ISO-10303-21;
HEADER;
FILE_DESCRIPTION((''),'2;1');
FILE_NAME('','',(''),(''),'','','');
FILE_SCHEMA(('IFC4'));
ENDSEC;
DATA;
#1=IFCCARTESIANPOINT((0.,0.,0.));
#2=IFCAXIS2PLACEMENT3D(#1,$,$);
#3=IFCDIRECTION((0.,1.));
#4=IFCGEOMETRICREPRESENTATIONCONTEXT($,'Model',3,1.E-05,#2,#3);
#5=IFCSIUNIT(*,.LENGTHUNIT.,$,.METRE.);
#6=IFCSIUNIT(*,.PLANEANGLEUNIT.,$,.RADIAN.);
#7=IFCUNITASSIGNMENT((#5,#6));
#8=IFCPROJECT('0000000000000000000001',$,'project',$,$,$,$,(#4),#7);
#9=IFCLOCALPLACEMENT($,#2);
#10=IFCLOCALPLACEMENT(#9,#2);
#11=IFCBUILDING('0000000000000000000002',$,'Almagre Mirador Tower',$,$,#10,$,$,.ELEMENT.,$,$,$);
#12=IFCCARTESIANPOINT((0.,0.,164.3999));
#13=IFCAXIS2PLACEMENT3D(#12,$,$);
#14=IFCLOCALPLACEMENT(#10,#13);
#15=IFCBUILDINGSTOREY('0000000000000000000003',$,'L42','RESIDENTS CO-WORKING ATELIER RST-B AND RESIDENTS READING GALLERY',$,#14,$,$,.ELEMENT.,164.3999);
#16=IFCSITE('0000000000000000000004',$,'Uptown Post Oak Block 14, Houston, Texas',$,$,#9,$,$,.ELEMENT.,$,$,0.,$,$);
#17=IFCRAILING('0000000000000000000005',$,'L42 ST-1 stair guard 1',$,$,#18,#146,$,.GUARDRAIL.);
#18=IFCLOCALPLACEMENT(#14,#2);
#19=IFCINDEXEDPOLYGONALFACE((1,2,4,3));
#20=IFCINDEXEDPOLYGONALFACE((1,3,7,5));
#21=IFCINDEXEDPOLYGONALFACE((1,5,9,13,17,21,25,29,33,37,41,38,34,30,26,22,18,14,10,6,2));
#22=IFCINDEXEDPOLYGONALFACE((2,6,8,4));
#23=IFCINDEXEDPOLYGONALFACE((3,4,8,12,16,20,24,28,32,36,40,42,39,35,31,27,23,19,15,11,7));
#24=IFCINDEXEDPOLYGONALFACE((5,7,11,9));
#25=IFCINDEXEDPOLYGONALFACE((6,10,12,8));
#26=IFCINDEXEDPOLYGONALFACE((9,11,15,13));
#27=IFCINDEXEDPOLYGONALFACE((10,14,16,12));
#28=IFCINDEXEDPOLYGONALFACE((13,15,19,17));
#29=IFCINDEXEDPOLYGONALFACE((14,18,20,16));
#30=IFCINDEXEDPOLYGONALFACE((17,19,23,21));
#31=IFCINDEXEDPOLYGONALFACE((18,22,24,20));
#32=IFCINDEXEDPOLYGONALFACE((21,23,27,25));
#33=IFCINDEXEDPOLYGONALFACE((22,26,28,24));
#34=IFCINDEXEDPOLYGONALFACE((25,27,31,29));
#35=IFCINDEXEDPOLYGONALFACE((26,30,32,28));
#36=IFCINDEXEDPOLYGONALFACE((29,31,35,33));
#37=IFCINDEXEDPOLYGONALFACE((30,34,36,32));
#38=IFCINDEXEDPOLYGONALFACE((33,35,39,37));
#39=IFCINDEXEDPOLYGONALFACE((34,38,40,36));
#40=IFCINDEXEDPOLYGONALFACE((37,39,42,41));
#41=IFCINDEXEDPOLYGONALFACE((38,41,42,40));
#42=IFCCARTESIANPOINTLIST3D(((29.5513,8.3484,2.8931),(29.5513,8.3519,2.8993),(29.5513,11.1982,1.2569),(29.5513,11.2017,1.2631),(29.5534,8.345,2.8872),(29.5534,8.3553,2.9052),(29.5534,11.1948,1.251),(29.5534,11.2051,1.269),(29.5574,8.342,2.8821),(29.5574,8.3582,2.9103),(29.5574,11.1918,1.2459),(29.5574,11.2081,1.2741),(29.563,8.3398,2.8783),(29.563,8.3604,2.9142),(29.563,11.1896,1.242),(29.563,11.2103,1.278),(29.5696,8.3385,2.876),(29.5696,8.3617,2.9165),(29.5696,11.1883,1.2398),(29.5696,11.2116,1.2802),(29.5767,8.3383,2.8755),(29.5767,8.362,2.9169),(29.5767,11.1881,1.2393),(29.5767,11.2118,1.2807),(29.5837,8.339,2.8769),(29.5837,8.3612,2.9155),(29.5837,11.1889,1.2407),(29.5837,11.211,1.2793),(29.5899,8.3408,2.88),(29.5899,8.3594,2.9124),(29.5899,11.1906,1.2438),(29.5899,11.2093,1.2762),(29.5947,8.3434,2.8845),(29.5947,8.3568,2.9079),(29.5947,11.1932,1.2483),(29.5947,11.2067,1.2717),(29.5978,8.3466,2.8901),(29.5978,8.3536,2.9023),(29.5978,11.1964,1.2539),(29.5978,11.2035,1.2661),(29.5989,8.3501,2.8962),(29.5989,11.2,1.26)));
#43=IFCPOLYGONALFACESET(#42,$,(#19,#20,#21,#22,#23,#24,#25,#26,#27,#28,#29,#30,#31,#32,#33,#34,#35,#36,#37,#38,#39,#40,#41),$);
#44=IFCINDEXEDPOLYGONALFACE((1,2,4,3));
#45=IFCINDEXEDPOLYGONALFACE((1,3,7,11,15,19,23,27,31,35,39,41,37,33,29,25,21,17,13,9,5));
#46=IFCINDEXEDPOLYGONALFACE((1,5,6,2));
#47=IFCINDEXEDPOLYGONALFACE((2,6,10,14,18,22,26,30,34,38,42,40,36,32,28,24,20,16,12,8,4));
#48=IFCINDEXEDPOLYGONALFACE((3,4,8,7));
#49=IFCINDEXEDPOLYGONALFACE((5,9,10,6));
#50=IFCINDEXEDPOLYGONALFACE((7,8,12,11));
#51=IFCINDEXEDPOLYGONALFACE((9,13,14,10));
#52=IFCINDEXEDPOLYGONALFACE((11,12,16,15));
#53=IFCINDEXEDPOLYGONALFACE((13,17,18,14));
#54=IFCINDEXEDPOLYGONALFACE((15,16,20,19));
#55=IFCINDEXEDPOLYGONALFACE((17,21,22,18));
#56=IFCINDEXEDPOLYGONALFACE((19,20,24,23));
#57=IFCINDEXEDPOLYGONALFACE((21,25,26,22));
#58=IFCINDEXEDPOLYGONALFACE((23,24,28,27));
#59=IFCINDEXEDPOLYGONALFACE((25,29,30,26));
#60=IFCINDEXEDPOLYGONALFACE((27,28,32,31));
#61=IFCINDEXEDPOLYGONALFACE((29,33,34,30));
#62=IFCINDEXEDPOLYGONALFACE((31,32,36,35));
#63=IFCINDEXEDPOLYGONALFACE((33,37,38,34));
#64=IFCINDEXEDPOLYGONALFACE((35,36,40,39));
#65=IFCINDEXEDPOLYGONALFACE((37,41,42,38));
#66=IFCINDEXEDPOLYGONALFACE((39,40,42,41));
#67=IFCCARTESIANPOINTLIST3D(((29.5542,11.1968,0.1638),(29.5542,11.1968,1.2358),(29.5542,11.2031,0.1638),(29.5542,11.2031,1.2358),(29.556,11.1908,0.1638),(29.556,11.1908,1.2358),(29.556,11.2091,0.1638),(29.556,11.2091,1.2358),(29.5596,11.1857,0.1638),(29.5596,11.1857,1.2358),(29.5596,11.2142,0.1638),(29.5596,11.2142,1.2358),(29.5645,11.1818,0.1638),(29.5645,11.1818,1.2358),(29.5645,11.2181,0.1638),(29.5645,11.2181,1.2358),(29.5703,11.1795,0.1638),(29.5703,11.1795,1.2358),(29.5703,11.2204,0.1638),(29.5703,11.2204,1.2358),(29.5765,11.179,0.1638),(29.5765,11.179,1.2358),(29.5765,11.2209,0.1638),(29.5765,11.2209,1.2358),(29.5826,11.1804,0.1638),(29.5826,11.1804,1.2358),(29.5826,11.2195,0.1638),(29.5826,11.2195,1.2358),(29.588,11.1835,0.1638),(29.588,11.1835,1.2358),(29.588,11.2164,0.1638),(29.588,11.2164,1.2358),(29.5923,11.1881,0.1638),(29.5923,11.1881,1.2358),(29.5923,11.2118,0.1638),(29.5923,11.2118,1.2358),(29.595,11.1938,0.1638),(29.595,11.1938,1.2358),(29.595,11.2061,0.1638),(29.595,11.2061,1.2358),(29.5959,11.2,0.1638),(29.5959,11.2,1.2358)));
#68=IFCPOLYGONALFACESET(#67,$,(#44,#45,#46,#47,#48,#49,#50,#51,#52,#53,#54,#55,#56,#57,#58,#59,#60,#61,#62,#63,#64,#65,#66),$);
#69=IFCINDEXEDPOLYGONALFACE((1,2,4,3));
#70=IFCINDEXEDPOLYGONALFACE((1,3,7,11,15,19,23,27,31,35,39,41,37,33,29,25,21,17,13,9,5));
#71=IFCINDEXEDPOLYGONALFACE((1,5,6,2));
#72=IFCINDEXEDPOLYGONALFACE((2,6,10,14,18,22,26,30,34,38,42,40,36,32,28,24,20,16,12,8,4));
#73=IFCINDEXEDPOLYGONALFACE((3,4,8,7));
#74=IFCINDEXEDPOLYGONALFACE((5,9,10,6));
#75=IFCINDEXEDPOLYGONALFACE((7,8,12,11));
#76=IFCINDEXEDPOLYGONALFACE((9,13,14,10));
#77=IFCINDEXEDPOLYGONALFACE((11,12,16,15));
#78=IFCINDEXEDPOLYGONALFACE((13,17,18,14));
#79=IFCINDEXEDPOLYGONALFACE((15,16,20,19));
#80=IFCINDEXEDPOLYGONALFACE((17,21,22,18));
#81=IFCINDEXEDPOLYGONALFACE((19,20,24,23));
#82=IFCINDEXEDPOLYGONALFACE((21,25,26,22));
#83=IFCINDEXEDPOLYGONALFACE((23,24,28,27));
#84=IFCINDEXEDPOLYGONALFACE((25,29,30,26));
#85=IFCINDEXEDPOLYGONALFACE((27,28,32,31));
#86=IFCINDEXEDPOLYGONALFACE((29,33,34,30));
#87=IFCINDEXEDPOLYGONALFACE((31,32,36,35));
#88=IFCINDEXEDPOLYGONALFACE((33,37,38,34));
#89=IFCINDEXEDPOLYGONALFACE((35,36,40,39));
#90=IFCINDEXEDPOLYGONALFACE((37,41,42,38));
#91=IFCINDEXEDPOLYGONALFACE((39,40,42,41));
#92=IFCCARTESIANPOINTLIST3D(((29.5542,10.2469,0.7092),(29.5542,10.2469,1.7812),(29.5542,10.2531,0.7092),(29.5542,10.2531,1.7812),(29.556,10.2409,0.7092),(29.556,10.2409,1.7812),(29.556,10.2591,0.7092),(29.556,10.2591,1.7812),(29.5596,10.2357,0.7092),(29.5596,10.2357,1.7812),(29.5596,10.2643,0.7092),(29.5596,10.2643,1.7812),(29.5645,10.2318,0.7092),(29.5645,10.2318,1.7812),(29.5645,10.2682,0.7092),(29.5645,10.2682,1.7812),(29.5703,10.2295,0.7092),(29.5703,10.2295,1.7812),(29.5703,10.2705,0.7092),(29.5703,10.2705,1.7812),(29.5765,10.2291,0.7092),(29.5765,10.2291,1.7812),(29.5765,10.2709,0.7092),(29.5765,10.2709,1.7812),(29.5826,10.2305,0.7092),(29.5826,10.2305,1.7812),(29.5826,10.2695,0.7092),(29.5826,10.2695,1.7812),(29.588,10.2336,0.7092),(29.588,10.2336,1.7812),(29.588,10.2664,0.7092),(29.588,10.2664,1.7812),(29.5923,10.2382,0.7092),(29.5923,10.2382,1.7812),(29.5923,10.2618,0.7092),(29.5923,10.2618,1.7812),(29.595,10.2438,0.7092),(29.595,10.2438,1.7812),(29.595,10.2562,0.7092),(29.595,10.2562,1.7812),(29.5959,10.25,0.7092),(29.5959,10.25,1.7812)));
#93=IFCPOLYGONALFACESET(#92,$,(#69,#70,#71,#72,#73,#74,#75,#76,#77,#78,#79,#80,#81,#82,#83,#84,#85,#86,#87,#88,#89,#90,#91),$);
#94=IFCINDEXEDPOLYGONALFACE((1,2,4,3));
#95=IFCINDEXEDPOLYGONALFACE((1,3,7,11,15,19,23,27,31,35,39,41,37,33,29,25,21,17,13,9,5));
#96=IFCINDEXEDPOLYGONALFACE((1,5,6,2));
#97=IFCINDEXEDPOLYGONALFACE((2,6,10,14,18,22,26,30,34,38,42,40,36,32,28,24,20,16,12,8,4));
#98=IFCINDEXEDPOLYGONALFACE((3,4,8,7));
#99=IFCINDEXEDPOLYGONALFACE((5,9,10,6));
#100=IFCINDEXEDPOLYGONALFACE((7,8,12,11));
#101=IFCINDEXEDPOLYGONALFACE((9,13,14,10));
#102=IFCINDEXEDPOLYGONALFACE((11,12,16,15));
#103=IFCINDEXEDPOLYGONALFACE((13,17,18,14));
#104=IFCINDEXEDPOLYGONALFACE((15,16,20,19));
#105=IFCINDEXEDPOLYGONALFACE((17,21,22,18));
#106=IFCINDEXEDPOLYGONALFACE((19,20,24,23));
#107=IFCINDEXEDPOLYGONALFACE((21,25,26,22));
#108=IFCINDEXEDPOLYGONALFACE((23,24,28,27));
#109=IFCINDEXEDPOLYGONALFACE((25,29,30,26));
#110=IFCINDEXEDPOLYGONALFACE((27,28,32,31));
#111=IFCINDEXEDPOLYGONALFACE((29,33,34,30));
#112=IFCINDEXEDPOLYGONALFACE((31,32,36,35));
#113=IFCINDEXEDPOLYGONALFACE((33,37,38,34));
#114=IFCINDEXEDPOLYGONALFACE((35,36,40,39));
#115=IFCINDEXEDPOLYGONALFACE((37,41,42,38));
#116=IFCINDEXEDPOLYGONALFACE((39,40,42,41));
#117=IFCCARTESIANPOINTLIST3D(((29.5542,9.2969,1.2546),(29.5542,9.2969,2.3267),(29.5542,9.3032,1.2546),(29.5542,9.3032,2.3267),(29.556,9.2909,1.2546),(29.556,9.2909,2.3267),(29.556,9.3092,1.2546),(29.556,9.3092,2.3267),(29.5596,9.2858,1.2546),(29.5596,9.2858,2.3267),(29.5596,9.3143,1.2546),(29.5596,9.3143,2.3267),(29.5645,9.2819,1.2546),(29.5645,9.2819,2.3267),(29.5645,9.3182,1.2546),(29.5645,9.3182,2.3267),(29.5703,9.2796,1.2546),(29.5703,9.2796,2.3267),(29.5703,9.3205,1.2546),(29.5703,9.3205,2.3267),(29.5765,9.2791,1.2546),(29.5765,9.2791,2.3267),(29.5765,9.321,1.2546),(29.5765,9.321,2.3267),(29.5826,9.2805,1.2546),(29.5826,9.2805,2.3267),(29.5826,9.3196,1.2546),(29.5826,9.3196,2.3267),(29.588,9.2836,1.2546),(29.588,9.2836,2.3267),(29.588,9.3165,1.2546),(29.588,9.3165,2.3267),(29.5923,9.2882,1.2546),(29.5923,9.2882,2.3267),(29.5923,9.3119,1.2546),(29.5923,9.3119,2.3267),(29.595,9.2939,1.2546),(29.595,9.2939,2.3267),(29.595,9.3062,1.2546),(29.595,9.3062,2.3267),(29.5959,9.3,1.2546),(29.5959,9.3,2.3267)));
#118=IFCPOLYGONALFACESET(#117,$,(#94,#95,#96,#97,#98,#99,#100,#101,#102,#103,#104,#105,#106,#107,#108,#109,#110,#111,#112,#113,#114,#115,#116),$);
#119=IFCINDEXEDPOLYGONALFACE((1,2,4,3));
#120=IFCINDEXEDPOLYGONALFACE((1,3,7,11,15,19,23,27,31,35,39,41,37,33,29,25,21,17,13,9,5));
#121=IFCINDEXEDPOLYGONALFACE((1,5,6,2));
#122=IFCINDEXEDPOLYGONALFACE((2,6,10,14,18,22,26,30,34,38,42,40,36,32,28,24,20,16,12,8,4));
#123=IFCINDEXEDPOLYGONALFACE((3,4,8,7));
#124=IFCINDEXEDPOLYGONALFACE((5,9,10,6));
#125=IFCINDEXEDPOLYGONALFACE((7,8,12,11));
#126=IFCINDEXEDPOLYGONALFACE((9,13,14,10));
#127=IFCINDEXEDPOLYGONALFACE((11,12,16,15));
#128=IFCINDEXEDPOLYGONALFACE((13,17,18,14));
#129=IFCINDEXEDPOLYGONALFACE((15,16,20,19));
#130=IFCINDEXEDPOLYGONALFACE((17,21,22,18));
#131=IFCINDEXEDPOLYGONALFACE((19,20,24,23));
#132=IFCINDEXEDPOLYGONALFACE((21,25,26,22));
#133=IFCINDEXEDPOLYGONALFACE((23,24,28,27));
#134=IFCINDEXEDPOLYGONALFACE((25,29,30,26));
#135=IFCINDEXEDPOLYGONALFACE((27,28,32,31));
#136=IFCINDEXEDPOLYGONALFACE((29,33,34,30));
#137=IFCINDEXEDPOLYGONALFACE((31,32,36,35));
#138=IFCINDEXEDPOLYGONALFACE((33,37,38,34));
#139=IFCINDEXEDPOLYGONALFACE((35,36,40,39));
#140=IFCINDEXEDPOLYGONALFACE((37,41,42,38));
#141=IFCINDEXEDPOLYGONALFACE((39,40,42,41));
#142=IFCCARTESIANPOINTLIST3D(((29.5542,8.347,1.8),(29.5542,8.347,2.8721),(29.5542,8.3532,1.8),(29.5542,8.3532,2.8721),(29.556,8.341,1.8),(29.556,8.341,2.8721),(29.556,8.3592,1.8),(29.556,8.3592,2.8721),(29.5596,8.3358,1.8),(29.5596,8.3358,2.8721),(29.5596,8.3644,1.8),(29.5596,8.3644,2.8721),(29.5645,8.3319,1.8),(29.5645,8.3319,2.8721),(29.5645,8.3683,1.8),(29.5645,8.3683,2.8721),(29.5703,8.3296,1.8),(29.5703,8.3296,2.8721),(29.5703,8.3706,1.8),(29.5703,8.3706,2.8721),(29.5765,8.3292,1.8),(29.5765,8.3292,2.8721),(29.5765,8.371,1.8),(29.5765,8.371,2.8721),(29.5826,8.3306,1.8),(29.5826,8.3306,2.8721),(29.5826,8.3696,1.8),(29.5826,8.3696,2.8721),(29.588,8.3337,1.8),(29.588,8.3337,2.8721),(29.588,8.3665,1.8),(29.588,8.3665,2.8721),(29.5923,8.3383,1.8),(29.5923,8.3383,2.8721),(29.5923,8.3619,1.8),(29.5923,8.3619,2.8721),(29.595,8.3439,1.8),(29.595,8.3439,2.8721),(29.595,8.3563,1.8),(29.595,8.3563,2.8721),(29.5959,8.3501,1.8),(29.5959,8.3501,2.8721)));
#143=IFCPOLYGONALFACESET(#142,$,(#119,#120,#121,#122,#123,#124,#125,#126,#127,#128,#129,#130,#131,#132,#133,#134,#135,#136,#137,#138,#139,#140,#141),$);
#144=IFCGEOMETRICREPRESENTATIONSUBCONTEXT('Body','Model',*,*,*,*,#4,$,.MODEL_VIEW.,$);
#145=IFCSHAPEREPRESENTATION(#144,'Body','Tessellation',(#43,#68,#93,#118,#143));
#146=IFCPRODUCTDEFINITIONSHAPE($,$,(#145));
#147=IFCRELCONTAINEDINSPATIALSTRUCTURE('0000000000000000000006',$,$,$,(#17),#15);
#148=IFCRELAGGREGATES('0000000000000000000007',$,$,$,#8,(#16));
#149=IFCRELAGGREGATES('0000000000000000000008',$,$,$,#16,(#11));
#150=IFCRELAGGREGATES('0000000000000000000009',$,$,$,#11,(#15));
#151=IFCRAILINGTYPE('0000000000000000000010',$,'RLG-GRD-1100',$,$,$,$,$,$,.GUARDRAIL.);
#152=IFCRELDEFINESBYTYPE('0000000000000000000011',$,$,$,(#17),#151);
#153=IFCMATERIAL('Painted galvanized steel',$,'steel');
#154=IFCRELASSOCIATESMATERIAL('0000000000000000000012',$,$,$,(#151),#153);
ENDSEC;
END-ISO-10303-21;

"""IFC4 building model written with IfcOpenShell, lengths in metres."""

from ifc_helpers import new_model, si_unit, direction, frame, origin, origin_2d, place, context, subcontext, project, spatial, circle, extrude, material, type_object, element, save


model = new_model("IFC4")

# Units and contexts
model_context = context("Model", 3, precision=1e-05, world=origin(), true_north=direction((0.0, 1.0)))
body_context = subcontext(model_context, "Body", "Model", "MODEL_VIEW")
ifc_project = project(units=[si_unit("LENGTHUNIT", "METRE"), si_unit("PLANEANGLEUNIT", "RADIAN")], contexts=[model_context])

# Site, building, storey
site_placement = place(None, origin())
site = spatial("IfcSite", under=ifc_project, at=site_placement, Name="Uptown Post Oak Block 14, Houston, Texas", CompositionType="ELEMENT", RefElevation=0.0)
building_placement = place(site_placement, origin())
building = spatial("IfcBuilding", under=site, at=building_placement, Name="Almagre Mirador Tower", CompositionType="ELEMENT")
storey_placement = place(building_placement, frame((0.0, 0.0, 164.3999)))
storey = spatial("IfcBuildingStorey", under=building, at=storey_placement, Name="L42", Description="RESIDENTS CO-WORKING ATELIER RST-B AND RESIDENTS READING GALLERY", CompositionType="ELEMENT", Elevation=164.3999)

# Railing
ifc_material_1 = material(Name="Painted galvanized steel", Category="steel")
railing_type_1 = type_object("IfcRailingType", Name="RLG-GRD-1100", PredefinedType="GUARDRAIL", material=ifc_material_1)
railing_1_placement = place(storey_placement, frame((29.575, 11.2, 0.1638)))
element("IfcRailing", 1, at=railing_1_placement, inside=storey, type_object=railing_type_1, Name="L42 ST-1 stair guard 1", PredefinedType="GUARDRAIL", context=body_context, shape_type="SweptSolid", body=[
    extrude(circle(Radius=0.0239, at=origin_2d()), frame((0.0, 0.0, 1.0962), z_axis=(0.0, -0.867226, 0.497914), x_axis=(1.0, 0.0, 0.0)), (0.0, 0.0, 1.0), 3.2861),
    extrude(circle(Radius=0.021, at=origin_2d()), origin(), (0.0, 0.0, 1.0), 1.072),
    extrude(circle(Radius=0.021, at=origin_2d()), frame((0.0, -0.95, 0.5454)), (0.0, 0.0, 1.0), 1.072),
    extrude(circle(Radius=0.021, at=origin_2d()), frame((0.0, -1.8999, 1.0908)), (0.0, 0.0, 1.0), 1.072),
    extrude(circle(Radius=0.021, at=origin_2d()), frame((0.0, -2.8499, 1.6362)), (0.0, 0.0, 1.0), 1.072),
])

save(model, "model.ifc")
